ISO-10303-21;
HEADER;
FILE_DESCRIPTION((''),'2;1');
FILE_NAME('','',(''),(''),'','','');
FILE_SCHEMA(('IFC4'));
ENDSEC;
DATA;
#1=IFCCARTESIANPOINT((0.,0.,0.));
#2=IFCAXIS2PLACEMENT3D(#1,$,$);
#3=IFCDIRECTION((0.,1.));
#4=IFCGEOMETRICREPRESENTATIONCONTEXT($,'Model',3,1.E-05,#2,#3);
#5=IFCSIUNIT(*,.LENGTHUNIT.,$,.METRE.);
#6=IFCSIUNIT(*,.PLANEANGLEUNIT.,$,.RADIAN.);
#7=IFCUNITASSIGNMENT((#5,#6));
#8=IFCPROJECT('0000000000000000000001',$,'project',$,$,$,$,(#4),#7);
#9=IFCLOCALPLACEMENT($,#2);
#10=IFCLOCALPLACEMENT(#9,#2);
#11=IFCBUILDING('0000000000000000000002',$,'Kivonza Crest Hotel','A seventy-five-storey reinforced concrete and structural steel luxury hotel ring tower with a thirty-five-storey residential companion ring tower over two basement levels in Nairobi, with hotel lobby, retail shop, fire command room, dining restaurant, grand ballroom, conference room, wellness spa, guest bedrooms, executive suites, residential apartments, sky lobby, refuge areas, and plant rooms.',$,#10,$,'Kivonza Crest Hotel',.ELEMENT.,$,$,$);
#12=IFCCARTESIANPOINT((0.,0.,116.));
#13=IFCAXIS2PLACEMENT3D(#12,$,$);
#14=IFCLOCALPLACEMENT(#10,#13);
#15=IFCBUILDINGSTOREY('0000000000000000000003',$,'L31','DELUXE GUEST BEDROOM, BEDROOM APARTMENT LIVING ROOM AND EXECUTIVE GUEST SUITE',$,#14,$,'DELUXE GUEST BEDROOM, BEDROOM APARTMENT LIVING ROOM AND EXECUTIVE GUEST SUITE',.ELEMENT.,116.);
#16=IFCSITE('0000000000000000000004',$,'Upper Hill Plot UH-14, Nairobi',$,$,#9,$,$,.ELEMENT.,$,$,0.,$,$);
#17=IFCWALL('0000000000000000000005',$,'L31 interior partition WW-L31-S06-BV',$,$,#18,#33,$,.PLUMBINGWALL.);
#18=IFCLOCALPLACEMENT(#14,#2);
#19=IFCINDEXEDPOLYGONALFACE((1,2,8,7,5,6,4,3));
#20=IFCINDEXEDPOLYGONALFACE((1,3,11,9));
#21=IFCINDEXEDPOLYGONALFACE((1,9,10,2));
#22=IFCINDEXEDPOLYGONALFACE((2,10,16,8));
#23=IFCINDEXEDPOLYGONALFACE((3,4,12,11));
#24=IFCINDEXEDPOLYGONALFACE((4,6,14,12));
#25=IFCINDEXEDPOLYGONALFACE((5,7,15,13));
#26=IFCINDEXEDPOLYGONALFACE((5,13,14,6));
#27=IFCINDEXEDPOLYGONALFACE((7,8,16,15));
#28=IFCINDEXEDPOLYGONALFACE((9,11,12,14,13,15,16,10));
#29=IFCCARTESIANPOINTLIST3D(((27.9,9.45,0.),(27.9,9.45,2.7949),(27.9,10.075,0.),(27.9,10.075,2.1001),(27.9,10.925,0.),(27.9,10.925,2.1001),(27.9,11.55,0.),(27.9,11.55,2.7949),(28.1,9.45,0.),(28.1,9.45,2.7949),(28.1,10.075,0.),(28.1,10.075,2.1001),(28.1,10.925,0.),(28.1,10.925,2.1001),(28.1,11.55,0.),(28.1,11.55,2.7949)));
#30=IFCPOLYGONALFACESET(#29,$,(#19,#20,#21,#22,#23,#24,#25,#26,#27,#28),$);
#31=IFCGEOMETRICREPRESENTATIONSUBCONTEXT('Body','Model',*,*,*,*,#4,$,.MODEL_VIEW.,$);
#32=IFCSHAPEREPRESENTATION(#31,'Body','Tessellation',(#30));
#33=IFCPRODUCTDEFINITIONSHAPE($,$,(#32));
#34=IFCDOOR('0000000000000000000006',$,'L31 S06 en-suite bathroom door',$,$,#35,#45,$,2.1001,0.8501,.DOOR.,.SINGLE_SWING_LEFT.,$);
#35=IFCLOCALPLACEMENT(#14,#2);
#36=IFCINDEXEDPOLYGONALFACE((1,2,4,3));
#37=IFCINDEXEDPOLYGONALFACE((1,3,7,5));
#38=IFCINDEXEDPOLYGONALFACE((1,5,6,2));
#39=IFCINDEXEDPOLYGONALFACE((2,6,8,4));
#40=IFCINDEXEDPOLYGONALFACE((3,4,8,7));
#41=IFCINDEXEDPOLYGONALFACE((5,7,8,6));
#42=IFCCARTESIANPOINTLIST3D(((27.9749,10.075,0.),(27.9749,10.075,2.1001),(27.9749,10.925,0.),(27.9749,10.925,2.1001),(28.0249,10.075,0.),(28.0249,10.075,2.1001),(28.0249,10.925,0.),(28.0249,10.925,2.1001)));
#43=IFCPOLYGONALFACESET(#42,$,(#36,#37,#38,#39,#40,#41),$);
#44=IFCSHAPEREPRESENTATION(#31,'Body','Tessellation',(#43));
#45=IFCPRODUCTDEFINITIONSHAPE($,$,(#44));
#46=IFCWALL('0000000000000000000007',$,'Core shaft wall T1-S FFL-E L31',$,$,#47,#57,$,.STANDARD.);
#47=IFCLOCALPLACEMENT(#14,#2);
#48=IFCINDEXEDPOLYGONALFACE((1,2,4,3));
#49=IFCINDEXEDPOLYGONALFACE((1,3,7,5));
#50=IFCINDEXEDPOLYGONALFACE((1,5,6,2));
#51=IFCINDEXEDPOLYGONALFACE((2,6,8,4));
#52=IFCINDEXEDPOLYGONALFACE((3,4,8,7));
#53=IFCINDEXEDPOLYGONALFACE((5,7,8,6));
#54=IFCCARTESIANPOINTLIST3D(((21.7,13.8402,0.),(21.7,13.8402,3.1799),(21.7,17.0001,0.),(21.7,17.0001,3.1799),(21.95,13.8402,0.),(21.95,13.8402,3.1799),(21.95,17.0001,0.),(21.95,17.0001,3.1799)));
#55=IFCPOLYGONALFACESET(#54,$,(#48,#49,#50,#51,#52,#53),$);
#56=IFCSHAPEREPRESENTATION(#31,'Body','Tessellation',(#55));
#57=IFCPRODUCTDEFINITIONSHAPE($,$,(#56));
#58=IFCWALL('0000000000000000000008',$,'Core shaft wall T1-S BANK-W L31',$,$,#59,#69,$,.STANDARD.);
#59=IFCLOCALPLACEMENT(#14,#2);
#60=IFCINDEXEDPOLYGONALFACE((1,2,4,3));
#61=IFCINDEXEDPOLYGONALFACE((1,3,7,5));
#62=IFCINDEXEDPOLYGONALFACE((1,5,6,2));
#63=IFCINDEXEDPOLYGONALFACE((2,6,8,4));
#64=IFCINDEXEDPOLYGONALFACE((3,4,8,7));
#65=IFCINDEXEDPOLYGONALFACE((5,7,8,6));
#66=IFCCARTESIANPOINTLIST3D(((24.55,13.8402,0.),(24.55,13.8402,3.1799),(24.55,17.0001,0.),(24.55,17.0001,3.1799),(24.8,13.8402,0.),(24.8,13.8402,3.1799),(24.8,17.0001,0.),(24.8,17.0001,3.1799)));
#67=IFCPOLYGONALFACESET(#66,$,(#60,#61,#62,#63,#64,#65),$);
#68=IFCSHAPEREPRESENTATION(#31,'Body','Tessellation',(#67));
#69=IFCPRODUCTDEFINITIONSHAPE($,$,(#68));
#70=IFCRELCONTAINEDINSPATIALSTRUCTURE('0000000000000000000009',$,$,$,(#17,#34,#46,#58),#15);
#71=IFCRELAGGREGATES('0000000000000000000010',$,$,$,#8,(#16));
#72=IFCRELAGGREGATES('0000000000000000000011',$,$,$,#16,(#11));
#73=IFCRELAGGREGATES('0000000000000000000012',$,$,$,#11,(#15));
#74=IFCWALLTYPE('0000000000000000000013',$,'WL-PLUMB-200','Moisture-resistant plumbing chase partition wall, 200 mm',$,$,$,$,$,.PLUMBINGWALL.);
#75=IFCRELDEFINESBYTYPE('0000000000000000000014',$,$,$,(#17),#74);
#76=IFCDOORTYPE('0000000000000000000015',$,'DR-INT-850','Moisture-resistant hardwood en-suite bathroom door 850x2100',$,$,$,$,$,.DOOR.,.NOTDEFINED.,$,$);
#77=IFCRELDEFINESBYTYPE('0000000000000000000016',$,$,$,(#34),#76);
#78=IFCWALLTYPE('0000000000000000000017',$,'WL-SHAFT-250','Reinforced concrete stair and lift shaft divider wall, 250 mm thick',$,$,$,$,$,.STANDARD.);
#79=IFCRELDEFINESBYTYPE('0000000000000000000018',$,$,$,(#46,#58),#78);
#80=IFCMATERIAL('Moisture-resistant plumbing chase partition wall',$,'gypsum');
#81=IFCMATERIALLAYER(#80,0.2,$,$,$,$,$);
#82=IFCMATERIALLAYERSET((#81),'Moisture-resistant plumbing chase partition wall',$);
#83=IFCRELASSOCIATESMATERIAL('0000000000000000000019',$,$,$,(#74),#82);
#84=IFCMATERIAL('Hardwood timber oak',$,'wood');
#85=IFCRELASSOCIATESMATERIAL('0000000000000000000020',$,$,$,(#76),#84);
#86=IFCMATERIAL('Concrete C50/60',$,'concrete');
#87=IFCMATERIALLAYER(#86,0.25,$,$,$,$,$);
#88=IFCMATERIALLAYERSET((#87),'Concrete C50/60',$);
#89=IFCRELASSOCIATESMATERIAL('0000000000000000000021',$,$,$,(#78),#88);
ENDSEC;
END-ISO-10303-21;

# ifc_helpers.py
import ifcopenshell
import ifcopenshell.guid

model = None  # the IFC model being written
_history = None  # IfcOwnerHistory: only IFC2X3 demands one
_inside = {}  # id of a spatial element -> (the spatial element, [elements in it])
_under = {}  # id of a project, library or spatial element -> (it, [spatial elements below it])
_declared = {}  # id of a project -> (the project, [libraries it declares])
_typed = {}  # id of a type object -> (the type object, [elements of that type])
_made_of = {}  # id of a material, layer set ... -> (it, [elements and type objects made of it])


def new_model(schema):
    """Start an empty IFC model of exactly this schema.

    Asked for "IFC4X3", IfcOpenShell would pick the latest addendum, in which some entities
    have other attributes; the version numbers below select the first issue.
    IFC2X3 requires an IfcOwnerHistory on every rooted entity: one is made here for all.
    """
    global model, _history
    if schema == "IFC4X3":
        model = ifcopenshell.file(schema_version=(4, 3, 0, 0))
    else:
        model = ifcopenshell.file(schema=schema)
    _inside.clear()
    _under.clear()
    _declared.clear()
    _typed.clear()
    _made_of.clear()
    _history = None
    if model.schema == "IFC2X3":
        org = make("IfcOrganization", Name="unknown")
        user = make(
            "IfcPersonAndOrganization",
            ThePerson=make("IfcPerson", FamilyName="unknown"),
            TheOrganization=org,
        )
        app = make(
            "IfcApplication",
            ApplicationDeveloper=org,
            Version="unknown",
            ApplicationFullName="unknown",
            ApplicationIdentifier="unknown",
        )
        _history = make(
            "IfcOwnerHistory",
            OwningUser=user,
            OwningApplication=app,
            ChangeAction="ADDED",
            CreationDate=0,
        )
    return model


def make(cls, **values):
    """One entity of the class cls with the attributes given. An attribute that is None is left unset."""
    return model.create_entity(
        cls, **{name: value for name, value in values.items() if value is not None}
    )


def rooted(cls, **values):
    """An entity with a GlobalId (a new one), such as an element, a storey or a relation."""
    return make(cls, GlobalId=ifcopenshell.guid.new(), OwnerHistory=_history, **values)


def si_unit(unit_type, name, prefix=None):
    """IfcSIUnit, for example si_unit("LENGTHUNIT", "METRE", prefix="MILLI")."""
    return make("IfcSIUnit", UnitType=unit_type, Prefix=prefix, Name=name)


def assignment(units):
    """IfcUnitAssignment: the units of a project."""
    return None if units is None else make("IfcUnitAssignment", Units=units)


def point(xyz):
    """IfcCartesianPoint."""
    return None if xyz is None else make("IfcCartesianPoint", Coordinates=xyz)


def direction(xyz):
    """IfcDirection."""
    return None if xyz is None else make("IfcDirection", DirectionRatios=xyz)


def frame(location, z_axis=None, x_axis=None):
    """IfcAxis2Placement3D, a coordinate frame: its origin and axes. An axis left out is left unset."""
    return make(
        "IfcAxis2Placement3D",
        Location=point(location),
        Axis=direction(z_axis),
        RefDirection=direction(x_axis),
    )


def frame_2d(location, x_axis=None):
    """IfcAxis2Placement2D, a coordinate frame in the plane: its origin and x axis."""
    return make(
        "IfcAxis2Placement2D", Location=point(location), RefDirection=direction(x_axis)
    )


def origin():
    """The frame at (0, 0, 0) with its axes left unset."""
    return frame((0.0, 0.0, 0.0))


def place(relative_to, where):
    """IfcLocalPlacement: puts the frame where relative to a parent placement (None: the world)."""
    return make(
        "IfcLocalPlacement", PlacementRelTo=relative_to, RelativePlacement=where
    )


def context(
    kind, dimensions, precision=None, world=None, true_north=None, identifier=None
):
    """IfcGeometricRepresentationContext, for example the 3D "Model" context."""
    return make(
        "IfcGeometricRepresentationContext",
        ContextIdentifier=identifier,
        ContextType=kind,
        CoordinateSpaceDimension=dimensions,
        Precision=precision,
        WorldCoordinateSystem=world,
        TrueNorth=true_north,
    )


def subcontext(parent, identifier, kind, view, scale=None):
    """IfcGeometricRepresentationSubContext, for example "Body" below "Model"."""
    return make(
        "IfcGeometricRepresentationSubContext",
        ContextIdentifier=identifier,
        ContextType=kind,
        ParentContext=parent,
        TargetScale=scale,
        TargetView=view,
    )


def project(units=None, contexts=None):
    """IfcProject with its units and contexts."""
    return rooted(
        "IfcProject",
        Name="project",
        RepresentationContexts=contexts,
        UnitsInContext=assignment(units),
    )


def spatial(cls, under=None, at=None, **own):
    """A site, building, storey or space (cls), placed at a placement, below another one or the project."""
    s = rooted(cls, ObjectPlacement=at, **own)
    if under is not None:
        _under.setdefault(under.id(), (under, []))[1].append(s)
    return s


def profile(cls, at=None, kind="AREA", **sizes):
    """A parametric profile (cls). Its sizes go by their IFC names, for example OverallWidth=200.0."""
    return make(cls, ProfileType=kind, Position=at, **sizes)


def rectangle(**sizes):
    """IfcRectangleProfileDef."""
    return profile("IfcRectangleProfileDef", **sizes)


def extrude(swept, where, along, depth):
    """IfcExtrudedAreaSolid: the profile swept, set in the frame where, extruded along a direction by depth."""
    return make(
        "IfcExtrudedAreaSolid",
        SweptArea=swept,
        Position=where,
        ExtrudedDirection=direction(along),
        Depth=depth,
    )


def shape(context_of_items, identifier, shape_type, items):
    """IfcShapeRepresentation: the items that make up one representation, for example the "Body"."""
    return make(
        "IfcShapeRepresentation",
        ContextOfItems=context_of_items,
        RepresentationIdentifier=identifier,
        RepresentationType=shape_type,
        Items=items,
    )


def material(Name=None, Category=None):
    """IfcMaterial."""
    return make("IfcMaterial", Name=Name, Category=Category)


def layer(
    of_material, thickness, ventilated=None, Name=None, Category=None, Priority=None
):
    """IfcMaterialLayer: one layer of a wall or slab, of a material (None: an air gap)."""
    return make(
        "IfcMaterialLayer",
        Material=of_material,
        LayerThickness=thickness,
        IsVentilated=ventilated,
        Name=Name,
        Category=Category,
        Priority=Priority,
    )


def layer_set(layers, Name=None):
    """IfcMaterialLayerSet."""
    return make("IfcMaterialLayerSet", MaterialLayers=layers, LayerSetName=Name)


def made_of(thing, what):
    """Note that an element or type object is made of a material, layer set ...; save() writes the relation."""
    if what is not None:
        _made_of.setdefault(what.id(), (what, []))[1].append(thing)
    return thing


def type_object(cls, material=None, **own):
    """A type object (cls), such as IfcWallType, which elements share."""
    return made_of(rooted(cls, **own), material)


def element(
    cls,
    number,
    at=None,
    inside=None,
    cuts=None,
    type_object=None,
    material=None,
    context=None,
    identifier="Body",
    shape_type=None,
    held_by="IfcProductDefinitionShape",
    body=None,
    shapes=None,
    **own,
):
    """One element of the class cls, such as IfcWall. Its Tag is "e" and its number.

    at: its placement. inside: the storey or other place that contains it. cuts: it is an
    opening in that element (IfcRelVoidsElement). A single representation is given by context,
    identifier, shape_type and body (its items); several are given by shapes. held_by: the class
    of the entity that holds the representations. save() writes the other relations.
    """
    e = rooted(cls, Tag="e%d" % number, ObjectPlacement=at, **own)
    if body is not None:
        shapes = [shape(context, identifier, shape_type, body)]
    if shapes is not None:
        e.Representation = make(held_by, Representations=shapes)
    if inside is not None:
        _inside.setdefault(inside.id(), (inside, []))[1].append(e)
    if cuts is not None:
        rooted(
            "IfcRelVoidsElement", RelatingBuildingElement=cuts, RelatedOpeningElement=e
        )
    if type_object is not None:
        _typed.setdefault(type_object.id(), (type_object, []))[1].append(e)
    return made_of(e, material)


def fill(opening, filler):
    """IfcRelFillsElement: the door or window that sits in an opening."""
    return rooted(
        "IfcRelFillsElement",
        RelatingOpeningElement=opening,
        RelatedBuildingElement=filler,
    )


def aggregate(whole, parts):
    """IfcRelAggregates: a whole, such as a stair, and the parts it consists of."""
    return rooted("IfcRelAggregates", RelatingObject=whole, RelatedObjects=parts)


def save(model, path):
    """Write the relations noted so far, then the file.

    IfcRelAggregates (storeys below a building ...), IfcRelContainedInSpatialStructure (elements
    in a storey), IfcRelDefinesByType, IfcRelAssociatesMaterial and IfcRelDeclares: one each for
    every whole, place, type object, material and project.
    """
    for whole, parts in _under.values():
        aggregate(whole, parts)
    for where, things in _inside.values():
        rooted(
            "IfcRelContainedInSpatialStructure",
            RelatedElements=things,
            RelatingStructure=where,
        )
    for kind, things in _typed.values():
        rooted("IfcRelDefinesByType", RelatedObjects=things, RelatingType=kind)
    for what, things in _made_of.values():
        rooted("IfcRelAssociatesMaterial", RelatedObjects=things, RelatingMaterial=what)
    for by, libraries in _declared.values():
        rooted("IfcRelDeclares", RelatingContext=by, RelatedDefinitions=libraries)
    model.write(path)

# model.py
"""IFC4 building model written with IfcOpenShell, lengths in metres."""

from ifc_helpers import new_model, si_unit, direction, frame, frame_2d, origin, place, context, subcontext, project, spatial, rectangle, extrude, material, layer, layer_set, type_object, element, fill, save


model = new_model("IFC4")

# Units and contexts
model_context = context("Model", 3, precision=1e-05, world=origin(), true_north=direction((0.0, 1.0)))
body_context = subcontext(model_context, "Body", "Model", "MODEL_VIEW")
ifc_project = project(units=[si_unit("LENGTHUNIT", "METRE"), si_unit("PLANEANGLEUNIT", "RADIAN")], contexts=[model_context])

# Site, building, storey
site_placement = place(None, origin())
site = spatial("IfcSite", under=ifc_project, at=site_placement, Name="Upper Hill Plot UH-14, Nairobi", CompositionType="ELEMENT", RefElevation=0.0)
building_placement = place(site_placement, origin())
building = spatial("IfcBuilding", under=site, at=building_placement, Name="Kivonza Crest Hotel", Description="A seventy-five-storey reinforced concrete and structural steel luxury hotel ring tower with a thirty-five-storey residential companion ring tower over two basement levels in Nairobi, with hotel lobby, retail shop, fire command room, dining restaurant, grand ballroom, conference room, wellness spa, guest bedrooms, executive suites, residential apartments, sky lobby, refuge areas, and plant rooms.", LongName="Kivonza Crest Hotel", CompositionType="ELEMENT")
storey_placement = place(building_placement, frame((0.0, 0.0, 116.0)))
storey = spatial("IfcBuildingStorey", under=building, at=storey_placement, Name="L31", Description="DELUXE GUEST BEDROOM, BEDROOM APARTMENT LIVING ROOM AND EXECUTIVE GUEST SUITE", LongName="DELUXE GUEST BEDROOM, BEDROOM APARTMENT LIVING ROOM AND EXECUTIVE GUEST SUITE", CompositionType="ELEMENT", Elevation=116.0)

# Shared definitions
ifc_material_1 = material(Name="Hardwood timber oak", Category="wood")

# Wall, opening, door
ifc_material_2 = material(Name="Moisture-resistant plumbing chase partition wall", Category="gypsum")
ifc_layer_1 = layer(ifc_material_2, 0.2)
ifc_layer_set_1 = layer_set([ifc_layer_1], Name="Moisture-resistant plumbing chase partition wall")
wall_type_1 = type_object("IfcWallType", Name="WL-PLUMB-200", Description="Moisture-resistant plumbing chase partition wall, 200 mm", PredefinedType="PLUMBINGWALL", material=ifc_layer_set_1)
wall_1_placement = place(storey_placement, frame((28.0, 9.45, 0.0), z_axis=(0.0, 0.0, 1.0), x_axis=(0.0, 1.0, 0.0)))
wall_1 = element("IfcWall", 1, at=wall_1_placement, inside=storey, type_object=wall_type_1, Name="L31 interior partition WW-L31-S06-BV", PredefinedType="PLUMBINGWALL", context=body_context, shape_type="SweptSolid", body=[
    extrude(rectangle(XDim=2.1001, YDim=0.2, at=frame_2d((1.05, 0.0))), origin(), (0.0, 0.0, 1.0), 2.7949),
])
opening_1_placement = place(wall_1_placement, frame((0.625, 0.0, 0.0)))
opening_1 = element("IfcOpeningElement", 2, at=opening_1_placement, cuts=wall_1, PredefinedType="OPENING", context=body_context, shape_type="SweptSolid", body=[
    extrude(rectangle(XDim=0.8501, YDim=2.1001, at=frame_2d((0.425, 1.05))), frame((0.0, 0.1099, 0.0), z_axis=(0.0, -1.0, 0.0), x_axis=(1.0, 0.0, 0.0)), (0.0, 0.0, 1.0), 0.22),
])
door_type_1 = type_object("IfcDoorType", Name="DR-INT-850", Description="Moisture-resistant hardwood en-suite bathroom door 850x2100", OperationType="NOTDEFINED", PredefinedType="DOOR", material=ifc_material_1)
door_1_placement = place(opening_1_placement, frame((0.8501, 0.0, 0.0), z_axis=(0.0, 0.0, 1.0), x_axis=(-1.0, 0.0, 0.0)))
door_1 = element("IfcDoor", 3, at=door_1_placement, inside=storey, type_object=door_type_1, Name="L31 S06 en-suite bathroom door", OperationType="SINGLE_SWING_LEFT", OverallHeight=2.1001, OverallWidth=0.8501, PredefinedType="DOOR", context=body_context, shape_type="SweptSolid", body=[
    extrude(rectangle(XDim=0.8501, YDim=2.1001, at=frame_2d((0.425, 1.05))), frame((0.0, 0.0249, 0.0), z_axis=(0.0, -1.0, 0.0), x_axis=(1.0, 0.0, 0.0)), (0.0, 0.0, 1.0), 0.05),
])
fill(opening_1, door_1)
ifc_material_3 = material(Name="Concrete C50/60", Category="concrete")
ifc_layer_2 = layer(ifc_material_3, 0.25)
ifc_layer_set_2 = layer_set([ifc_layer_2], Name="Concrete C50/60")
wall_type_2 = type_object("IfcWallType", Name="WL-SHAFT-250", Description="Reinforced concrete stair and lift shaft divider wall, 250 mm thick", PredefinedType="STANDARD", material=ifc_layer_set_2)

# Walls
for number, where, z_axis, x_axis, name in (
    (4, (21.825, 13.8401, 0.0), (0.0, 0.0, 1.0), (0.0, 1.0, 0.0), "Core shaft wall T1-S FFL-E L31"),
    (5, (24.675, 13.8401, 0.0), (0.0, 0.0, 1.0), (0.0, 1.0, 0.0), "Core shaft wall T1-S BANK-W L31"),
):
    element("IfcWall", number, at=place(storey_placement, frame(where, z_axis=z_axis, x_axis=x_axis)), inside=storey, type_object=wall_type_2, Name=name, PredefinedType="STANDARD", context=body_context, shape_type="SweptSolid", body=[
        extrude(rectangle(XDim=3.1599, YDim=0.25, at=frame_2d((1.5801, 0.0))), origin(), (0.0, 0.0, 1.0), 3.1799),
    ])

save(model, "model.ifc")
